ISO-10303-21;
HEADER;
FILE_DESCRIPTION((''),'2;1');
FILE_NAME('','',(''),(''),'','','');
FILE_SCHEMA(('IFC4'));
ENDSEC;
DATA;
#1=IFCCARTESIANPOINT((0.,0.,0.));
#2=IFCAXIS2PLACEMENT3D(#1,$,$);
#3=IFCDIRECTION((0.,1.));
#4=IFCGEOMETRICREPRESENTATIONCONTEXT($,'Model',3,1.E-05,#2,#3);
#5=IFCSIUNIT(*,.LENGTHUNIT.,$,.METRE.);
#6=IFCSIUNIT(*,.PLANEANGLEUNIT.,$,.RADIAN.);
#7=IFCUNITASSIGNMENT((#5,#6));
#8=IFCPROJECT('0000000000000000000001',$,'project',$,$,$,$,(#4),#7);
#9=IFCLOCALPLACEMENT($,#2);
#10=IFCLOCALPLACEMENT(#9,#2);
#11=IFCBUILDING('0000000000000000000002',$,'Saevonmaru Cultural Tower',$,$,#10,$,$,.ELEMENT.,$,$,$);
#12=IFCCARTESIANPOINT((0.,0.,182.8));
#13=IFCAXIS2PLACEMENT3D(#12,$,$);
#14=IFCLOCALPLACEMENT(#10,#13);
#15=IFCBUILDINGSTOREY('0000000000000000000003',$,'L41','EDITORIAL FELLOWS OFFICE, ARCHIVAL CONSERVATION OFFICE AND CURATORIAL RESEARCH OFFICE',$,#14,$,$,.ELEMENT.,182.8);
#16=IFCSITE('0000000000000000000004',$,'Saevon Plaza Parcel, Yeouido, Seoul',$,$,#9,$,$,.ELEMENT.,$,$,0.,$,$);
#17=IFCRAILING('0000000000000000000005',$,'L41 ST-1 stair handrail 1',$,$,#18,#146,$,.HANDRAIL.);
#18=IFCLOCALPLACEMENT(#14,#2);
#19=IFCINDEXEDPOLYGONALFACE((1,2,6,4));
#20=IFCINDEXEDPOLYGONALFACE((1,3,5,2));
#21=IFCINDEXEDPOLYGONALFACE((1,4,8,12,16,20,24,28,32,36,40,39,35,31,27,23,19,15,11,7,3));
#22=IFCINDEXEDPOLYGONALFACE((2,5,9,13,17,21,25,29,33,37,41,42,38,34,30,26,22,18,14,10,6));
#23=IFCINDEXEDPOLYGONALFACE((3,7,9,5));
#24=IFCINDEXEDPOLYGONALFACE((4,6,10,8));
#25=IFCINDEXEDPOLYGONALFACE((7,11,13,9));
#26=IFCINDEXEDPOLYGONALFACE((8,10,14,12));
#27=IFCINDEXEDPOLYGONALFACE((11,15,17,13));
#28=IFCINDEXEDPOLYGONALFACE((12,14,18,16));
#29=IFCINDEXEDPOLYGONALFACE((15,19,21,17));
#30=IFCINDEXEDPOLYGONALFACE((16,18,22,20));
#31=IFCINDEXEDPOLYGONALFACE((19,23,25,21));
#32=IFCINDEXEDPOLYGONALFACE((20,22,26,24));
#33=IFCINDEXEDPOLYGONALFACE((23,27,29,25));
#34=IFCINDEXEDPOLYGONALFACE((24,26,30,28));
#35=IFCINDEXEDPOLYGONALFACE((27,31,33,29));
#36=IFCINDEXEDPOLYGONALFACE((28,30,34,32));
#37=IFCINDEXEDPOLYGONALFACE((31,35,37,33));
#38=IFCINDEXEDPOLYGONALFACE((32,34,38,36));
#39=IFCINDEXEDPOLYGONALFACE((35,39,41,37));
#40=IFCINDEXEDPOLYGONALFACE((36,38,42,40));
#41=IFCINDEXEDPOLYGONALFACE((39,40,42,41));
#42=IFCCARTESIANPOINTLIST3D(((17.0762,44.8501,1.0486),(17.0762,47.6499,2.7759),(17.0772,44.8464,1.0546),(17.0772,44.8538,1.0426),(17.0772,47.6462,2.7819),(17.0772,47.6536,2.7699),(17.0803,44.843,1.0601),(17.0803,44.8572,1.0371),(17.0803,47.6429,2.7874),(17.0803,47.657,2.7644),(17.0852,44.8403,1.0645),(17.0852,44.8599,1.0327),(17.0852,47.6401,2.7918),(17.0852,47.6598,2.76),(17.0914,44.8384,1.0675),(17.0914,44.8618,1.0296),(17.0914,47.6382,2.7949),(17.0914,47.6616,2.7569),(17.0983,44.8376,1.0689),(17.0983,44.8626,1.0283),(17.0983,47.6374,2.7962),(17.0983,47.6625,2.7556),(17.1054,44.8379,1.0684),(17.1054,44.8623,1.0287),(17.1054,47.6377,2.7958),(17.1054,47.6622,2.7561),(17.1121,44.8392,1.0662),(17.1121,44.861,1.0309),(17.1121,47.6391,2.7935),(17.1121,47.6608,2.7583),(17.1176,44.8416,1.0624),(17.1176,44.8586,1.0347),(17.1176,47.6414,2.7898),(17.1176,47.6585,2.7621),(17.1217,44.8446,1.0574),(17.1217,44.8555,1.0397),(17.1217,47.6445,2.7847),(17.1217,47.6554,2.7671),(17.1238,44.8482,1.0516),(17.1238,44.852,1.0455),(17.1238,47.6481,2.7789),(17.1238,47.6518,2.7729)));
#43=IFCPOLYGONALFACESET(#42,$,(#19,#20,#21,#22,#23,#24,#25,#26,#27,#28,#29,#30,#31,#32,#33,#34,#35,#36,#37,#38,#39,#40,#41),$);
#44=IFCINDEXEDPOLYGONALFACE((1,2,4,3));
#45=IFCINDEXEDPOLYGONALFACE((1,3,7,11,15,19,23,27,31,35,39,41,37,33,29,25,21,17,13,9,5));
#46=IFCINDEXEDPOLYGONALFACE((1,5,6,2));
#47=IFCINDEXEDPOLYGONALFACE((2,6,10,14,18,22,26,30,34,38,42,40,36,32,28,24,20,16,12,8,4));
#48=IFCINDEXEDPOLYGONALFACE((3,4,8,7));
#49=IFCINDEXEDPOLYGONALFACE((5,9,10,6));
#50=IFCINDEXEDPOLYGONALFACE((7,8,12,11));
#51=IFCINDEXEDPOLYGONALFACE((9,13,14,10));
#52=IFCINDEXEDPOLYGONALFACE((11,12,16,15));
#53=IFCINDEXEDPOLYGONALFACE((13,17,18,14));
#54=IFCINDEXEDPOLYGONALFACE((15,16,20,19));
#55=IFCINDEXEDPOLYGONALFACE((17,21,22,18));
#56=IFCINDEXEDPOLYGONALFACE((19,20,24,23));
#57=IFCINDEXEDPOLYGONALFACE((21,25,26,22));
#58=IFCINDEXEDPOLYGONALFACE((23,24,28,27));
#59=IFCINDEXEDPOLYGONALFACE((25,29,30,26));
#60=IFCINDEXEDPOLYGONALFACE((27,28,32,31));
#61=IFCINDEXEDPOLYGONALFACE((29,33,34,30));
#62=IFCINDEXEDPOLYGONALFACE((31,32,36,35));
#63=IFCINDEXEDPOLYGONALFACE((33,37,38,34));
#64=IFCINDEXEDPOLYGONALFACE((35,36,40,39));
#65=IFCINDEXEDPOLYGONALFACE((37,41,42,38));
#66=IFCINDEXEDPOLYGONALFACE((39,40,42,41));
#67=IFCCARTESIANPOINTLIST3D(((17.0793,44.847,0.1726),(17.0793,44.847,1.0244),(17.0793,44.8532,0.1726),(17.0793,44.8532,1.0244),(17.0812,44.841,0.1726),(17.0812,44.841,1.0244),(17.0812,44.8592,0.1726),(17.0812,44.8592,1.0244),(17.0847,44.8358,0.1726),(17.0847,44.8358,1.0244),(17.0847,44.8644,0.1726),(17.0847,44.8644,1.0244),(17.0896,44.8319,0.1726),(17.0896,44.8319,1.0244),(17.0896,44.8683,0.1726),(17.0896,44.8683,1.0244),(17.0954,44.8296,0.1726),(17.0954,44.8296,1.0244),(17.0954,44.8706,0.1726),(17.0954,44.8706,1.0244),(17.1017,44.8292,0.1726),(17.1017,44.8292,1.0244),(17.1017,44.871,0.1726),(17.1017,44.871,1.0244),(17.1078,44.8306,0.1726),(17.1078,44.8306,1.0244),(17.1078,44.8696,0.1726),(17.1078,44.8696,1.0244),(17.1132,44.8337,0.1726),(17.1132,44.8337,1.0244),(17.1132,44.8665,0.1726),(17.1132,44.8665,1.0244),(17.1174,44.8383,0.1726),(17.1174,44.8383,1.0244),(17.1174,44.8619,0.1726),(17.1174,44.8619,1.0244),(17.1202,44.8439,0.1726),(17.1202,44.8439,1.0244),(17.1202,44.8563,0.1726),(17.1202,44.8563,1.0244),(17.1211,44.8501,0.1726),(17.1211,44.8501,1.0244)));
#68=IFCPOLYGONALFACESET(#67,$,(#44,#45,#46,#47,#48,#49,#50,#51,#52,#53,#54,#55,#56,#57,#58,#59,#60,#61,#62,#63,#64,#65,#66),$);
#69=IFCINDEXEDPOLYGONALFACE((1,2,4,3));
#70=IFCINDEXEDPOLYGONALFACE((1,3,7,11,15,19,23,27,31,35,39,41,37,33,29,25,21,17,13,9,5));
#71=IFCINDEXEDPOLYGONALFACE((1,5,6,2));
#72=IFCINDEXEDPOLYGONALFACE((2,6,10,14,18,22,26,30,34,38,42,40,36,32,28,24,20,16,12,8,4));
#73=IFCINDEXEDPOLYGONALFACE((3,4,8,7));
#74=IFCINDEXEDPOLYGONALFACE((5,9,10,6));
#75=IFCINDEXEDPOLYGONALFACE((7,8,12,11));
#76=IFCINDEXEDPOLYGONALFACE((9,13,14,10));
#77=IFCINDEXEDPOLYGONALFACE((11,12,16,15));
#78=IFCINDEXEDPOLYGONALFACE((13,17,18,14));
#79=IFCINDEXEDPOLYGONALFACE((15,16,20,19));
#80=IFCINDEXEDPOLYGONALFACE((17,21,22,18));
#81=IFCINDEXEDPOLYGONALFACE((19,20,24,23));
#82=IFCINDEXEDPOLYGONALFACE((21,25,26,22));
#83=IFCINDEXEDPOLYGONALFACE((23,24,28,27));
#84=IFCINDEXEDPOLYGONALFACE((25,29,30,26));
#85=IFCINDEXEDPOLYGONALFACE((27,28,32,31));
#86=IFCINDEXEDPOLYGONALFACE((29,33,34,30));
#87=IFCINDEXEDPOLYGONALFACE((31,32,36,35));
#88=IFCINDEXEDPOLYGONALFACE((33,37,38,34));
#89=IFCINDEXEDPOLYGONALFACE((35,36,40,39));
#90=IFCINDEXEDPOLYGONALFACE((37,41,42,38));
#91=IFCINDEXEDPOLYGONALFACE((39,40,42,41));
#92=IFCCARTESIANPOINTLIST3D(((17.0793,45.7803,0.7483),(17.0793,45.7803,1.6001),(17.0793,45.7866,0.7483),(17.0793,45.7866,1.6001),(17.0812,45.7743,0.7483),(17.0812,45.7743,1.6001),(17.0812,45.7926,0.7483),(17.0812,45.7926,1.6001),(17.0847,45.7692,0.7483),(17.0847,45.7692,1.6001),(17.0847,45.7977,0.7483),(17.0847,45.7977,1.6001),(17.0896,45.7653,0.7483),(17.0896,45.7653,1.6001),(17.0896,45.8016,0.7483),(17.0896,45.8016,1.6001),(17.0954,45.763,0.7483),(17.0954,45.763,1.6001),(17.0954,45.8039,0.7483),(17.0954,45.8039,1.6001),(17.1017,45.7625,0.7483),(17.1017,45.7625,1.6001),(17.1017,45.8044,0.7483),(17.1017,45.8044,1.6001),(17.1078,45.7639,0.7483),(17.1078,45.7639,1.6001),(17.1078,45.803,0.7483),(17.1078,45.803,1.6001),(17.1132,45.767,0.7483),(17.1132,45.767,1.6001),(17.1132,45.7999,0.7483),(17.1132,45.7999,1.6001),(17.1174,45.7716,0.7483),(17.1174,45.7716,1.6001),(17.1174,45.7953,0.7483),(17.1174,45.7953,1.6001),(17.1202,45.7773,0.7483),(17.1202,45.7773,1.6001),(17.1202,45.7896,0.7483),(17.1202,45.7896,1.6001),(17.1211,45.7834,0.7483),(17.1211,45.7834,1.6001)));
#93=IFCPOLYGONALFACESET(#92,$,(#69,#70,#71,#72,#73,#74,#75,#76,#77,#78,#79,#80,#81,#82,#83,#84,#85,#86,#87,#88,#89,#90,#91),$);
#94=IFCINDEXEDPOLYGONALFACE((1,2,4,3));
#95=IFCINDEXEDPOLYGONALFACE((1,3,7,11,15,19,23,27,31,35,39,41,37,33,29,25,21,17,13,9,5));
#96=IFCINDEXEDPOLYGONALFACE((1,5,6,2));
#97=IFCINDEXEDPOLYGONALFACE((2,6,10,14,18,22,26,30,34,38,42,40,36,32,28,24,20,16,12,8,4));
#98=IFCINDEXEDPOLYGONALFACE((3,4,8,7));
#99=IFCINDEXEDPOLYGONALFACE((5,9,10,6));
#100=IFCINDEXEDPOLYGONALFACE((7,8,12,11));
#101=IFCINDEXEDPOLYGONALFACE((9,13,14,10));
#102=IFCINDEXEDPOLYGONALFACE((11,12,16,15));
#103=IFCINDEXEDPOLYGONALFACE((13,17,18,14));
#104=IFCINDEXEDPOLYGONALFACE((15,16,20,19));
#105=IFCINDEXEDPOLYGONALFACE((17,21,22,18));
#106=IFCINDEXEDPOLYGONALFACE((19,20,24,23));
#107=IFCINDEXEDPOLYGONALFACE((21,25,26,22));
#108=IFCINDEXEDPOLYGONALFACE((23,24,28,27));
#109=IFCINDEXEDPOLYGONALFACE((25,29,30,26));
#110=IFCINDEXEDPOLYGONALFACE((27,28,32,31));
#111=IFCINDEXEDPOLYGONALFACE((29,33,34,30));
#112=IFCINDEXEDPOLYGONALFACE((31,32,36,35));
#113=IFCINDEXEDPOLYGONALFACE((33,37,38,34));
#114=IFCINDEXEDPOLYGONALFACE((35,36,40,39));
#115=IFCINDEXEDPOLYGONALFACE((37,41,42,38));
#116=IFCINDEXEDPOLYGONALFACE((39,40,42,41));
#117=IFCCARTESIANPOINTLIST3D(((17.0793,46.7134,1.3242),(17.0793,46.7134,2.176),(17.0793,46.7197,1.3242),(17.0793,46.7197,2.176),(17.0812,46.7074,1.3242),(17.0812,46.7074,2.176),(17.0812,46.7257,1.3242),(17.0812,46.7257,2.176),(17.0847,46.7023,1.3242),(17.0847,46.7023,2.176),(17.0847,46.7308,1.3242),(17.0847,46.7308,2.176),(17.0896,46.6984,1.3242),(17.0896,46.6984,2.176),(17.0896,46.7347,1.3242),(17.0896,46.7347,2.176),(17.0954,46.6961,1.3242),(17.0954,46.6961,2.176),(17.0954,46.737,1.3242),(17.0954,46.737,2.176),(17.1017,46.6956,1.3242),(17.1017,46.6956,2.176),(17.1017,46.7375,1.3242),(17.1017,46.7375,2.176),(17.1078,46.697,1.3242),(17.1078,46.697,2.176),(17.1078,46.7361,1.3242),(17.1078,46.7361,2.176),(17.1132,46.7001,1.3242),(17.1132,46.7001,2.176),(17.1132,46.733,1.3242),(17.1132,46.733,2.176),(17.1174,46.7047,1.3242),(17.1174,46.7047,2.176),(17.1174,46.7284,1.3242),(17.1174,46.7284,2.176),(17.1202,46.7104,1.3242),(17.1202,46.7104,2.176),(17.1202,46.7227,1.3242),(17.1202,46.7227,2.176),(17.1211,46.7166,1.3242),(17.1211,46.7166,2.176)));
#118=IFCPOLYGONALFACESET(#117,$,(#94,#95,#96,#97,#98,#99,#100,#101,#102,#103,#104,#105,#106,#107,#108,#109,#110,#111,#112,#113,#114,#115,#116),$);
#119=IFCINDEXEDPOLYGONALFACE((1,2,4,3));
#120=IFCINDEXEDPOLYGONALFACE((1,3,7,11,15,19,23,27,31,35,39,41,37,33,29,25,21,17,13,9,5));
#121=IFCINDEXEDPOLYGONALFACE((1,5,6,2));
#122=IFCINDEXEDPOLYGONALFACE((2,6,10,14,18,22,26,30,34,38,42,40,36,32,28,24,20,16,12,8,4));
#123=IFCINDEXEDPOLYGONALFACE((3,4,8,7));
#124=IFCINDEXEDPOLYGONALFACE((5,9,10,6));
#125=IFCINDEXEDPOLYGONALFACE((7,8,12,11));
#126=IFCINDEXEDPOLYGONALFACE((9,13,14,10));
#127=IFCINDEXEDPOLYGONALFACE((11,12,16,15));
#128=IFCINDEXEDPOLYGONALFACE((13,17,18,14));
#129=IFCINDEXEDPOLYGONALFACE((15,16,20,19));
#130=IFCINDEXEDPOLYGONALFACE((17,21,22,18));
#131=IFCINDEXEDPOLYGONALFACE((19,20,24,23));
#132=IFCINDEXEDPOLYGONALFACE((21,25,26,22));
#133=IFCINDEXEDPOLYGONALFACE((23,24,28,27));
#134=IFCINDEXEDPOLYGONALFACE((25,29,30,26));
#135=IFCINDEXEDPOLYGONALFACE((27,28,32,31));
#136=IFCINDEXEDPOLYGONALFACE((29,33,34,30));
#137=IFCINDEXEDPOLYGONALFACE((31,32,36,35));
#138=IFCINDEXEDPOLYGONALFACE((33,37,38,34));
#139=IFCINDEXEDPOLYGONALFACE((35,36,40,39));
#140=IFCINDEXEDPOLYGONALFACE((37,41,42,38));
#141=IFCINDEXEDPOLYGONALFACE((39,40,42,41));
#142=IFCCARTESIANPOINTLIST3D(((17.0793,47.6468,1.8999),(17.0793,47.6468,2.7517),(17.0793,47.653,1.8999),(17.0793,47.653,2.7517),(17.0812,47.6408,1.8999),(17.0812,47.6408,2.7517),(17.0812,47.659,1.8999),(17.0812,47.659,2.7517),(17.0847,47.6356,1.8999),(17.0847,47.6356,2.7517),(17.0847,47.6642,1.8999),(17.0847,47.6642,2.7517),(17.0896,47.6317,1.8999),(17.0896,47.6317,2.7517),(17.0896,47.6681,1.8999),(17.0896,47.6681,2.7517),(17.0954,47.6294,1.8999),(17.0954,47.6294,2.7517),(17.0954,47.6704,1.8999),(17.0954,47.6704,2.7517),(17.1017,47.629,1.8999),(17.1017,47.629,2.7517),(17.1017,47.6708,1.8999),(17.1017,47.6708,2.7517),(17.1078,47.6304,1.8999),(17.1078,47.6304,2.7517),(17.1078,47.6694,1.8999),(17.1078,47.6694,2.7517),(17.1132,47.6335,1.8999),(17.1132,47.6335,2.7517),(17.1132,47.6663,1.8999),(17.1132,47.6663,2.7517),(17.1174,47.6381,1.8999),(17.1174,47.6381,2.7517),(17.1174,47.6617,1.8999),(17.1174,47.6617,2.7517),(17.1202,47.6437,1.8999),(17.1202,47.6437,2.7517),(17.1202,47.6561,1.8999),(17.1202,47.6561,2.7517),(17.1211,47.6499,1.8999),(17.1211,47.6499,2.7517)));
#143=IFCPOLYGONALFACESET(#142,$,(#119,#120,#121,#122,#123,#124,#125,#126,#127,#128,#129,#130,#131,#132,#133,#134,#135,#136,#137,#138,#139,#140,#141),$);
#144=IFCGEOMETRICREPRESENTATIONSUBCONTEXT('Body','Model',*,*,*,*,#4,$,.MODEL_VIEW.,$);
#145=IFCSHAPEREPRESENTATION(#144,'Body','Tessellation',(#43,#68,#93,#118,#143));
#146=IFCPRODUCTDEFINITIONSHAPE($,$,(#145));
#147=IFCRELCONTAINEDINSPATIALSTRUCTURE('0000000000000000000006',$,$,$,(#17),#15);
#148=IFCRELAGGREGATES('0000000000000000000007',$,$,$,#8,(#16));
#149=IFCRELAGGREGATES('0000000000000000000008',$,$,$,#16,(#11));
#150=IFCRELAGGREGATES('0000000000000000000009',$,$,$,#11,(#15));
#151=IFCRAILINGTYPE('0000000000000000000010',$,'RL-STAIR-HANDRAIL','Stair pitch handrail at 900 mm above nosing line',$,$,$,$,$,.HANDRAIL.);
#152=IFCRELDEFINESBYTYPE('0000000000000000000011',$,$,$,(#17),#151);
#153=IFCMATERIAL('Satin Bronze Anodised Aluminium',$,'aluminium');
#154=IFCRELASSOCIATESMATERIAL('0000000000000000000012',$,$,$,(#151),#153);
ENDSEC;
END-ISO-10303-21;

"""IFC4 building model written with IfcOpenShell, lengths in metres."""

from ifc_helpers import new_model, si_unit, direction, frame, origin, origin_2d, place, context, subcontext, project, spatial, circle, extrude, material, type_object, element, save


model = new_model("IFC4")

# Units and contexts
model_context = context("Model", 3, precision=1e-05, world=origin(), true_north=direction((0.0, 1.0)))
body_context = subcontext(model_context, "Body", "Model", "MODEL_VIEW")
ifc_project = project(units=[si_unit("LENGTHUNIT", "METRE"), si_unit("PLANEANGLEUNIT", "RADIAN")], contexts=[model_context])

# Site, building, storey
site_placement = place(None, origin())
site = spatial("IfcSite", under=ifc_project, at=site_placement, Name="Saevon Plaza Parcel, Yeouido, Seoul", CompositionType="ELEMENT", RefElevation=0.0)
building_placement = place(site_placement, origin())
building = spatial("IfcBuilding", under=site, at=building_placement, Name="Saevonmaru Cultural Tower", CompositionType="ELEMENT")
storey_placement = place(building_placement, frame((0.0, 0.0, 182.8)))
storey = spatial("IfcBuildingStorey", under=building, at=storey_placement, Name="L41", Description="EDITORIAL FELLOWS OFFICE, ARCHIVAL CONSERVATION OFFICE AND CURATORIAL RESEARCH OFFICE", CompositionType="ELEMENT", Elevation=182.8)

# Shared definitions
ifc_material_1 = material(Name="Satin Bronze Anodised Aluminium", Category="aluminium")

# Railing
railing_type_1 = type_object("IfcRailingType", Name="RL-STAIR-HANDRAIL", Description="Stair pitch handrail at 900 mm above nosing line", PredefinedType="HANDRAIL", material=ifc_material_1)
railing_1_placement = place(storey_placement, frame((17.1001, 44.8501, 0.1726)))
element("IfcRailing", 1, at=railing_1_placement, inside=storey, type_object=railing_type_1, Name="L41 ST-1 stair handrail 1", PredefinedType="HANDRAIL", context=body_context, shape_type="SweptSolid", body=[
    extrude(circle(Radius=0.0239, at=origin_2d()), frame((0.0, 0.0, 0.876), z_axis=(0.0, 0.851069, 0.525054), x_axis=(-1.0, 0.0, 0.0)), (0.0, 0.0, 1.0), 3.2898),
    extrude(circle(Radius=0.021, at=origin_2d()), origin(), (0.0, 0.0, 1.0), 0.8518),
    extrude(circle(Radius=0.021, at=origin_2d()), frame((0.0, 0.9333, 0.5757)), (0.0, 0.0, 1.0), 0.8518),
    extrude(circle(Radius=0.021, at=origin_2d()), frame((0.0, 1.8665, 1.1516)), (0.0, 0.0, 1.0), 0.8518),
    extrude(circle(Radius=0.021, at=origin_2d()), frame((0.0, 2.7998, 1.7273)), (0.0, 0.0, 1.0), 0.8518),
])

save(model, "model.ifc")
